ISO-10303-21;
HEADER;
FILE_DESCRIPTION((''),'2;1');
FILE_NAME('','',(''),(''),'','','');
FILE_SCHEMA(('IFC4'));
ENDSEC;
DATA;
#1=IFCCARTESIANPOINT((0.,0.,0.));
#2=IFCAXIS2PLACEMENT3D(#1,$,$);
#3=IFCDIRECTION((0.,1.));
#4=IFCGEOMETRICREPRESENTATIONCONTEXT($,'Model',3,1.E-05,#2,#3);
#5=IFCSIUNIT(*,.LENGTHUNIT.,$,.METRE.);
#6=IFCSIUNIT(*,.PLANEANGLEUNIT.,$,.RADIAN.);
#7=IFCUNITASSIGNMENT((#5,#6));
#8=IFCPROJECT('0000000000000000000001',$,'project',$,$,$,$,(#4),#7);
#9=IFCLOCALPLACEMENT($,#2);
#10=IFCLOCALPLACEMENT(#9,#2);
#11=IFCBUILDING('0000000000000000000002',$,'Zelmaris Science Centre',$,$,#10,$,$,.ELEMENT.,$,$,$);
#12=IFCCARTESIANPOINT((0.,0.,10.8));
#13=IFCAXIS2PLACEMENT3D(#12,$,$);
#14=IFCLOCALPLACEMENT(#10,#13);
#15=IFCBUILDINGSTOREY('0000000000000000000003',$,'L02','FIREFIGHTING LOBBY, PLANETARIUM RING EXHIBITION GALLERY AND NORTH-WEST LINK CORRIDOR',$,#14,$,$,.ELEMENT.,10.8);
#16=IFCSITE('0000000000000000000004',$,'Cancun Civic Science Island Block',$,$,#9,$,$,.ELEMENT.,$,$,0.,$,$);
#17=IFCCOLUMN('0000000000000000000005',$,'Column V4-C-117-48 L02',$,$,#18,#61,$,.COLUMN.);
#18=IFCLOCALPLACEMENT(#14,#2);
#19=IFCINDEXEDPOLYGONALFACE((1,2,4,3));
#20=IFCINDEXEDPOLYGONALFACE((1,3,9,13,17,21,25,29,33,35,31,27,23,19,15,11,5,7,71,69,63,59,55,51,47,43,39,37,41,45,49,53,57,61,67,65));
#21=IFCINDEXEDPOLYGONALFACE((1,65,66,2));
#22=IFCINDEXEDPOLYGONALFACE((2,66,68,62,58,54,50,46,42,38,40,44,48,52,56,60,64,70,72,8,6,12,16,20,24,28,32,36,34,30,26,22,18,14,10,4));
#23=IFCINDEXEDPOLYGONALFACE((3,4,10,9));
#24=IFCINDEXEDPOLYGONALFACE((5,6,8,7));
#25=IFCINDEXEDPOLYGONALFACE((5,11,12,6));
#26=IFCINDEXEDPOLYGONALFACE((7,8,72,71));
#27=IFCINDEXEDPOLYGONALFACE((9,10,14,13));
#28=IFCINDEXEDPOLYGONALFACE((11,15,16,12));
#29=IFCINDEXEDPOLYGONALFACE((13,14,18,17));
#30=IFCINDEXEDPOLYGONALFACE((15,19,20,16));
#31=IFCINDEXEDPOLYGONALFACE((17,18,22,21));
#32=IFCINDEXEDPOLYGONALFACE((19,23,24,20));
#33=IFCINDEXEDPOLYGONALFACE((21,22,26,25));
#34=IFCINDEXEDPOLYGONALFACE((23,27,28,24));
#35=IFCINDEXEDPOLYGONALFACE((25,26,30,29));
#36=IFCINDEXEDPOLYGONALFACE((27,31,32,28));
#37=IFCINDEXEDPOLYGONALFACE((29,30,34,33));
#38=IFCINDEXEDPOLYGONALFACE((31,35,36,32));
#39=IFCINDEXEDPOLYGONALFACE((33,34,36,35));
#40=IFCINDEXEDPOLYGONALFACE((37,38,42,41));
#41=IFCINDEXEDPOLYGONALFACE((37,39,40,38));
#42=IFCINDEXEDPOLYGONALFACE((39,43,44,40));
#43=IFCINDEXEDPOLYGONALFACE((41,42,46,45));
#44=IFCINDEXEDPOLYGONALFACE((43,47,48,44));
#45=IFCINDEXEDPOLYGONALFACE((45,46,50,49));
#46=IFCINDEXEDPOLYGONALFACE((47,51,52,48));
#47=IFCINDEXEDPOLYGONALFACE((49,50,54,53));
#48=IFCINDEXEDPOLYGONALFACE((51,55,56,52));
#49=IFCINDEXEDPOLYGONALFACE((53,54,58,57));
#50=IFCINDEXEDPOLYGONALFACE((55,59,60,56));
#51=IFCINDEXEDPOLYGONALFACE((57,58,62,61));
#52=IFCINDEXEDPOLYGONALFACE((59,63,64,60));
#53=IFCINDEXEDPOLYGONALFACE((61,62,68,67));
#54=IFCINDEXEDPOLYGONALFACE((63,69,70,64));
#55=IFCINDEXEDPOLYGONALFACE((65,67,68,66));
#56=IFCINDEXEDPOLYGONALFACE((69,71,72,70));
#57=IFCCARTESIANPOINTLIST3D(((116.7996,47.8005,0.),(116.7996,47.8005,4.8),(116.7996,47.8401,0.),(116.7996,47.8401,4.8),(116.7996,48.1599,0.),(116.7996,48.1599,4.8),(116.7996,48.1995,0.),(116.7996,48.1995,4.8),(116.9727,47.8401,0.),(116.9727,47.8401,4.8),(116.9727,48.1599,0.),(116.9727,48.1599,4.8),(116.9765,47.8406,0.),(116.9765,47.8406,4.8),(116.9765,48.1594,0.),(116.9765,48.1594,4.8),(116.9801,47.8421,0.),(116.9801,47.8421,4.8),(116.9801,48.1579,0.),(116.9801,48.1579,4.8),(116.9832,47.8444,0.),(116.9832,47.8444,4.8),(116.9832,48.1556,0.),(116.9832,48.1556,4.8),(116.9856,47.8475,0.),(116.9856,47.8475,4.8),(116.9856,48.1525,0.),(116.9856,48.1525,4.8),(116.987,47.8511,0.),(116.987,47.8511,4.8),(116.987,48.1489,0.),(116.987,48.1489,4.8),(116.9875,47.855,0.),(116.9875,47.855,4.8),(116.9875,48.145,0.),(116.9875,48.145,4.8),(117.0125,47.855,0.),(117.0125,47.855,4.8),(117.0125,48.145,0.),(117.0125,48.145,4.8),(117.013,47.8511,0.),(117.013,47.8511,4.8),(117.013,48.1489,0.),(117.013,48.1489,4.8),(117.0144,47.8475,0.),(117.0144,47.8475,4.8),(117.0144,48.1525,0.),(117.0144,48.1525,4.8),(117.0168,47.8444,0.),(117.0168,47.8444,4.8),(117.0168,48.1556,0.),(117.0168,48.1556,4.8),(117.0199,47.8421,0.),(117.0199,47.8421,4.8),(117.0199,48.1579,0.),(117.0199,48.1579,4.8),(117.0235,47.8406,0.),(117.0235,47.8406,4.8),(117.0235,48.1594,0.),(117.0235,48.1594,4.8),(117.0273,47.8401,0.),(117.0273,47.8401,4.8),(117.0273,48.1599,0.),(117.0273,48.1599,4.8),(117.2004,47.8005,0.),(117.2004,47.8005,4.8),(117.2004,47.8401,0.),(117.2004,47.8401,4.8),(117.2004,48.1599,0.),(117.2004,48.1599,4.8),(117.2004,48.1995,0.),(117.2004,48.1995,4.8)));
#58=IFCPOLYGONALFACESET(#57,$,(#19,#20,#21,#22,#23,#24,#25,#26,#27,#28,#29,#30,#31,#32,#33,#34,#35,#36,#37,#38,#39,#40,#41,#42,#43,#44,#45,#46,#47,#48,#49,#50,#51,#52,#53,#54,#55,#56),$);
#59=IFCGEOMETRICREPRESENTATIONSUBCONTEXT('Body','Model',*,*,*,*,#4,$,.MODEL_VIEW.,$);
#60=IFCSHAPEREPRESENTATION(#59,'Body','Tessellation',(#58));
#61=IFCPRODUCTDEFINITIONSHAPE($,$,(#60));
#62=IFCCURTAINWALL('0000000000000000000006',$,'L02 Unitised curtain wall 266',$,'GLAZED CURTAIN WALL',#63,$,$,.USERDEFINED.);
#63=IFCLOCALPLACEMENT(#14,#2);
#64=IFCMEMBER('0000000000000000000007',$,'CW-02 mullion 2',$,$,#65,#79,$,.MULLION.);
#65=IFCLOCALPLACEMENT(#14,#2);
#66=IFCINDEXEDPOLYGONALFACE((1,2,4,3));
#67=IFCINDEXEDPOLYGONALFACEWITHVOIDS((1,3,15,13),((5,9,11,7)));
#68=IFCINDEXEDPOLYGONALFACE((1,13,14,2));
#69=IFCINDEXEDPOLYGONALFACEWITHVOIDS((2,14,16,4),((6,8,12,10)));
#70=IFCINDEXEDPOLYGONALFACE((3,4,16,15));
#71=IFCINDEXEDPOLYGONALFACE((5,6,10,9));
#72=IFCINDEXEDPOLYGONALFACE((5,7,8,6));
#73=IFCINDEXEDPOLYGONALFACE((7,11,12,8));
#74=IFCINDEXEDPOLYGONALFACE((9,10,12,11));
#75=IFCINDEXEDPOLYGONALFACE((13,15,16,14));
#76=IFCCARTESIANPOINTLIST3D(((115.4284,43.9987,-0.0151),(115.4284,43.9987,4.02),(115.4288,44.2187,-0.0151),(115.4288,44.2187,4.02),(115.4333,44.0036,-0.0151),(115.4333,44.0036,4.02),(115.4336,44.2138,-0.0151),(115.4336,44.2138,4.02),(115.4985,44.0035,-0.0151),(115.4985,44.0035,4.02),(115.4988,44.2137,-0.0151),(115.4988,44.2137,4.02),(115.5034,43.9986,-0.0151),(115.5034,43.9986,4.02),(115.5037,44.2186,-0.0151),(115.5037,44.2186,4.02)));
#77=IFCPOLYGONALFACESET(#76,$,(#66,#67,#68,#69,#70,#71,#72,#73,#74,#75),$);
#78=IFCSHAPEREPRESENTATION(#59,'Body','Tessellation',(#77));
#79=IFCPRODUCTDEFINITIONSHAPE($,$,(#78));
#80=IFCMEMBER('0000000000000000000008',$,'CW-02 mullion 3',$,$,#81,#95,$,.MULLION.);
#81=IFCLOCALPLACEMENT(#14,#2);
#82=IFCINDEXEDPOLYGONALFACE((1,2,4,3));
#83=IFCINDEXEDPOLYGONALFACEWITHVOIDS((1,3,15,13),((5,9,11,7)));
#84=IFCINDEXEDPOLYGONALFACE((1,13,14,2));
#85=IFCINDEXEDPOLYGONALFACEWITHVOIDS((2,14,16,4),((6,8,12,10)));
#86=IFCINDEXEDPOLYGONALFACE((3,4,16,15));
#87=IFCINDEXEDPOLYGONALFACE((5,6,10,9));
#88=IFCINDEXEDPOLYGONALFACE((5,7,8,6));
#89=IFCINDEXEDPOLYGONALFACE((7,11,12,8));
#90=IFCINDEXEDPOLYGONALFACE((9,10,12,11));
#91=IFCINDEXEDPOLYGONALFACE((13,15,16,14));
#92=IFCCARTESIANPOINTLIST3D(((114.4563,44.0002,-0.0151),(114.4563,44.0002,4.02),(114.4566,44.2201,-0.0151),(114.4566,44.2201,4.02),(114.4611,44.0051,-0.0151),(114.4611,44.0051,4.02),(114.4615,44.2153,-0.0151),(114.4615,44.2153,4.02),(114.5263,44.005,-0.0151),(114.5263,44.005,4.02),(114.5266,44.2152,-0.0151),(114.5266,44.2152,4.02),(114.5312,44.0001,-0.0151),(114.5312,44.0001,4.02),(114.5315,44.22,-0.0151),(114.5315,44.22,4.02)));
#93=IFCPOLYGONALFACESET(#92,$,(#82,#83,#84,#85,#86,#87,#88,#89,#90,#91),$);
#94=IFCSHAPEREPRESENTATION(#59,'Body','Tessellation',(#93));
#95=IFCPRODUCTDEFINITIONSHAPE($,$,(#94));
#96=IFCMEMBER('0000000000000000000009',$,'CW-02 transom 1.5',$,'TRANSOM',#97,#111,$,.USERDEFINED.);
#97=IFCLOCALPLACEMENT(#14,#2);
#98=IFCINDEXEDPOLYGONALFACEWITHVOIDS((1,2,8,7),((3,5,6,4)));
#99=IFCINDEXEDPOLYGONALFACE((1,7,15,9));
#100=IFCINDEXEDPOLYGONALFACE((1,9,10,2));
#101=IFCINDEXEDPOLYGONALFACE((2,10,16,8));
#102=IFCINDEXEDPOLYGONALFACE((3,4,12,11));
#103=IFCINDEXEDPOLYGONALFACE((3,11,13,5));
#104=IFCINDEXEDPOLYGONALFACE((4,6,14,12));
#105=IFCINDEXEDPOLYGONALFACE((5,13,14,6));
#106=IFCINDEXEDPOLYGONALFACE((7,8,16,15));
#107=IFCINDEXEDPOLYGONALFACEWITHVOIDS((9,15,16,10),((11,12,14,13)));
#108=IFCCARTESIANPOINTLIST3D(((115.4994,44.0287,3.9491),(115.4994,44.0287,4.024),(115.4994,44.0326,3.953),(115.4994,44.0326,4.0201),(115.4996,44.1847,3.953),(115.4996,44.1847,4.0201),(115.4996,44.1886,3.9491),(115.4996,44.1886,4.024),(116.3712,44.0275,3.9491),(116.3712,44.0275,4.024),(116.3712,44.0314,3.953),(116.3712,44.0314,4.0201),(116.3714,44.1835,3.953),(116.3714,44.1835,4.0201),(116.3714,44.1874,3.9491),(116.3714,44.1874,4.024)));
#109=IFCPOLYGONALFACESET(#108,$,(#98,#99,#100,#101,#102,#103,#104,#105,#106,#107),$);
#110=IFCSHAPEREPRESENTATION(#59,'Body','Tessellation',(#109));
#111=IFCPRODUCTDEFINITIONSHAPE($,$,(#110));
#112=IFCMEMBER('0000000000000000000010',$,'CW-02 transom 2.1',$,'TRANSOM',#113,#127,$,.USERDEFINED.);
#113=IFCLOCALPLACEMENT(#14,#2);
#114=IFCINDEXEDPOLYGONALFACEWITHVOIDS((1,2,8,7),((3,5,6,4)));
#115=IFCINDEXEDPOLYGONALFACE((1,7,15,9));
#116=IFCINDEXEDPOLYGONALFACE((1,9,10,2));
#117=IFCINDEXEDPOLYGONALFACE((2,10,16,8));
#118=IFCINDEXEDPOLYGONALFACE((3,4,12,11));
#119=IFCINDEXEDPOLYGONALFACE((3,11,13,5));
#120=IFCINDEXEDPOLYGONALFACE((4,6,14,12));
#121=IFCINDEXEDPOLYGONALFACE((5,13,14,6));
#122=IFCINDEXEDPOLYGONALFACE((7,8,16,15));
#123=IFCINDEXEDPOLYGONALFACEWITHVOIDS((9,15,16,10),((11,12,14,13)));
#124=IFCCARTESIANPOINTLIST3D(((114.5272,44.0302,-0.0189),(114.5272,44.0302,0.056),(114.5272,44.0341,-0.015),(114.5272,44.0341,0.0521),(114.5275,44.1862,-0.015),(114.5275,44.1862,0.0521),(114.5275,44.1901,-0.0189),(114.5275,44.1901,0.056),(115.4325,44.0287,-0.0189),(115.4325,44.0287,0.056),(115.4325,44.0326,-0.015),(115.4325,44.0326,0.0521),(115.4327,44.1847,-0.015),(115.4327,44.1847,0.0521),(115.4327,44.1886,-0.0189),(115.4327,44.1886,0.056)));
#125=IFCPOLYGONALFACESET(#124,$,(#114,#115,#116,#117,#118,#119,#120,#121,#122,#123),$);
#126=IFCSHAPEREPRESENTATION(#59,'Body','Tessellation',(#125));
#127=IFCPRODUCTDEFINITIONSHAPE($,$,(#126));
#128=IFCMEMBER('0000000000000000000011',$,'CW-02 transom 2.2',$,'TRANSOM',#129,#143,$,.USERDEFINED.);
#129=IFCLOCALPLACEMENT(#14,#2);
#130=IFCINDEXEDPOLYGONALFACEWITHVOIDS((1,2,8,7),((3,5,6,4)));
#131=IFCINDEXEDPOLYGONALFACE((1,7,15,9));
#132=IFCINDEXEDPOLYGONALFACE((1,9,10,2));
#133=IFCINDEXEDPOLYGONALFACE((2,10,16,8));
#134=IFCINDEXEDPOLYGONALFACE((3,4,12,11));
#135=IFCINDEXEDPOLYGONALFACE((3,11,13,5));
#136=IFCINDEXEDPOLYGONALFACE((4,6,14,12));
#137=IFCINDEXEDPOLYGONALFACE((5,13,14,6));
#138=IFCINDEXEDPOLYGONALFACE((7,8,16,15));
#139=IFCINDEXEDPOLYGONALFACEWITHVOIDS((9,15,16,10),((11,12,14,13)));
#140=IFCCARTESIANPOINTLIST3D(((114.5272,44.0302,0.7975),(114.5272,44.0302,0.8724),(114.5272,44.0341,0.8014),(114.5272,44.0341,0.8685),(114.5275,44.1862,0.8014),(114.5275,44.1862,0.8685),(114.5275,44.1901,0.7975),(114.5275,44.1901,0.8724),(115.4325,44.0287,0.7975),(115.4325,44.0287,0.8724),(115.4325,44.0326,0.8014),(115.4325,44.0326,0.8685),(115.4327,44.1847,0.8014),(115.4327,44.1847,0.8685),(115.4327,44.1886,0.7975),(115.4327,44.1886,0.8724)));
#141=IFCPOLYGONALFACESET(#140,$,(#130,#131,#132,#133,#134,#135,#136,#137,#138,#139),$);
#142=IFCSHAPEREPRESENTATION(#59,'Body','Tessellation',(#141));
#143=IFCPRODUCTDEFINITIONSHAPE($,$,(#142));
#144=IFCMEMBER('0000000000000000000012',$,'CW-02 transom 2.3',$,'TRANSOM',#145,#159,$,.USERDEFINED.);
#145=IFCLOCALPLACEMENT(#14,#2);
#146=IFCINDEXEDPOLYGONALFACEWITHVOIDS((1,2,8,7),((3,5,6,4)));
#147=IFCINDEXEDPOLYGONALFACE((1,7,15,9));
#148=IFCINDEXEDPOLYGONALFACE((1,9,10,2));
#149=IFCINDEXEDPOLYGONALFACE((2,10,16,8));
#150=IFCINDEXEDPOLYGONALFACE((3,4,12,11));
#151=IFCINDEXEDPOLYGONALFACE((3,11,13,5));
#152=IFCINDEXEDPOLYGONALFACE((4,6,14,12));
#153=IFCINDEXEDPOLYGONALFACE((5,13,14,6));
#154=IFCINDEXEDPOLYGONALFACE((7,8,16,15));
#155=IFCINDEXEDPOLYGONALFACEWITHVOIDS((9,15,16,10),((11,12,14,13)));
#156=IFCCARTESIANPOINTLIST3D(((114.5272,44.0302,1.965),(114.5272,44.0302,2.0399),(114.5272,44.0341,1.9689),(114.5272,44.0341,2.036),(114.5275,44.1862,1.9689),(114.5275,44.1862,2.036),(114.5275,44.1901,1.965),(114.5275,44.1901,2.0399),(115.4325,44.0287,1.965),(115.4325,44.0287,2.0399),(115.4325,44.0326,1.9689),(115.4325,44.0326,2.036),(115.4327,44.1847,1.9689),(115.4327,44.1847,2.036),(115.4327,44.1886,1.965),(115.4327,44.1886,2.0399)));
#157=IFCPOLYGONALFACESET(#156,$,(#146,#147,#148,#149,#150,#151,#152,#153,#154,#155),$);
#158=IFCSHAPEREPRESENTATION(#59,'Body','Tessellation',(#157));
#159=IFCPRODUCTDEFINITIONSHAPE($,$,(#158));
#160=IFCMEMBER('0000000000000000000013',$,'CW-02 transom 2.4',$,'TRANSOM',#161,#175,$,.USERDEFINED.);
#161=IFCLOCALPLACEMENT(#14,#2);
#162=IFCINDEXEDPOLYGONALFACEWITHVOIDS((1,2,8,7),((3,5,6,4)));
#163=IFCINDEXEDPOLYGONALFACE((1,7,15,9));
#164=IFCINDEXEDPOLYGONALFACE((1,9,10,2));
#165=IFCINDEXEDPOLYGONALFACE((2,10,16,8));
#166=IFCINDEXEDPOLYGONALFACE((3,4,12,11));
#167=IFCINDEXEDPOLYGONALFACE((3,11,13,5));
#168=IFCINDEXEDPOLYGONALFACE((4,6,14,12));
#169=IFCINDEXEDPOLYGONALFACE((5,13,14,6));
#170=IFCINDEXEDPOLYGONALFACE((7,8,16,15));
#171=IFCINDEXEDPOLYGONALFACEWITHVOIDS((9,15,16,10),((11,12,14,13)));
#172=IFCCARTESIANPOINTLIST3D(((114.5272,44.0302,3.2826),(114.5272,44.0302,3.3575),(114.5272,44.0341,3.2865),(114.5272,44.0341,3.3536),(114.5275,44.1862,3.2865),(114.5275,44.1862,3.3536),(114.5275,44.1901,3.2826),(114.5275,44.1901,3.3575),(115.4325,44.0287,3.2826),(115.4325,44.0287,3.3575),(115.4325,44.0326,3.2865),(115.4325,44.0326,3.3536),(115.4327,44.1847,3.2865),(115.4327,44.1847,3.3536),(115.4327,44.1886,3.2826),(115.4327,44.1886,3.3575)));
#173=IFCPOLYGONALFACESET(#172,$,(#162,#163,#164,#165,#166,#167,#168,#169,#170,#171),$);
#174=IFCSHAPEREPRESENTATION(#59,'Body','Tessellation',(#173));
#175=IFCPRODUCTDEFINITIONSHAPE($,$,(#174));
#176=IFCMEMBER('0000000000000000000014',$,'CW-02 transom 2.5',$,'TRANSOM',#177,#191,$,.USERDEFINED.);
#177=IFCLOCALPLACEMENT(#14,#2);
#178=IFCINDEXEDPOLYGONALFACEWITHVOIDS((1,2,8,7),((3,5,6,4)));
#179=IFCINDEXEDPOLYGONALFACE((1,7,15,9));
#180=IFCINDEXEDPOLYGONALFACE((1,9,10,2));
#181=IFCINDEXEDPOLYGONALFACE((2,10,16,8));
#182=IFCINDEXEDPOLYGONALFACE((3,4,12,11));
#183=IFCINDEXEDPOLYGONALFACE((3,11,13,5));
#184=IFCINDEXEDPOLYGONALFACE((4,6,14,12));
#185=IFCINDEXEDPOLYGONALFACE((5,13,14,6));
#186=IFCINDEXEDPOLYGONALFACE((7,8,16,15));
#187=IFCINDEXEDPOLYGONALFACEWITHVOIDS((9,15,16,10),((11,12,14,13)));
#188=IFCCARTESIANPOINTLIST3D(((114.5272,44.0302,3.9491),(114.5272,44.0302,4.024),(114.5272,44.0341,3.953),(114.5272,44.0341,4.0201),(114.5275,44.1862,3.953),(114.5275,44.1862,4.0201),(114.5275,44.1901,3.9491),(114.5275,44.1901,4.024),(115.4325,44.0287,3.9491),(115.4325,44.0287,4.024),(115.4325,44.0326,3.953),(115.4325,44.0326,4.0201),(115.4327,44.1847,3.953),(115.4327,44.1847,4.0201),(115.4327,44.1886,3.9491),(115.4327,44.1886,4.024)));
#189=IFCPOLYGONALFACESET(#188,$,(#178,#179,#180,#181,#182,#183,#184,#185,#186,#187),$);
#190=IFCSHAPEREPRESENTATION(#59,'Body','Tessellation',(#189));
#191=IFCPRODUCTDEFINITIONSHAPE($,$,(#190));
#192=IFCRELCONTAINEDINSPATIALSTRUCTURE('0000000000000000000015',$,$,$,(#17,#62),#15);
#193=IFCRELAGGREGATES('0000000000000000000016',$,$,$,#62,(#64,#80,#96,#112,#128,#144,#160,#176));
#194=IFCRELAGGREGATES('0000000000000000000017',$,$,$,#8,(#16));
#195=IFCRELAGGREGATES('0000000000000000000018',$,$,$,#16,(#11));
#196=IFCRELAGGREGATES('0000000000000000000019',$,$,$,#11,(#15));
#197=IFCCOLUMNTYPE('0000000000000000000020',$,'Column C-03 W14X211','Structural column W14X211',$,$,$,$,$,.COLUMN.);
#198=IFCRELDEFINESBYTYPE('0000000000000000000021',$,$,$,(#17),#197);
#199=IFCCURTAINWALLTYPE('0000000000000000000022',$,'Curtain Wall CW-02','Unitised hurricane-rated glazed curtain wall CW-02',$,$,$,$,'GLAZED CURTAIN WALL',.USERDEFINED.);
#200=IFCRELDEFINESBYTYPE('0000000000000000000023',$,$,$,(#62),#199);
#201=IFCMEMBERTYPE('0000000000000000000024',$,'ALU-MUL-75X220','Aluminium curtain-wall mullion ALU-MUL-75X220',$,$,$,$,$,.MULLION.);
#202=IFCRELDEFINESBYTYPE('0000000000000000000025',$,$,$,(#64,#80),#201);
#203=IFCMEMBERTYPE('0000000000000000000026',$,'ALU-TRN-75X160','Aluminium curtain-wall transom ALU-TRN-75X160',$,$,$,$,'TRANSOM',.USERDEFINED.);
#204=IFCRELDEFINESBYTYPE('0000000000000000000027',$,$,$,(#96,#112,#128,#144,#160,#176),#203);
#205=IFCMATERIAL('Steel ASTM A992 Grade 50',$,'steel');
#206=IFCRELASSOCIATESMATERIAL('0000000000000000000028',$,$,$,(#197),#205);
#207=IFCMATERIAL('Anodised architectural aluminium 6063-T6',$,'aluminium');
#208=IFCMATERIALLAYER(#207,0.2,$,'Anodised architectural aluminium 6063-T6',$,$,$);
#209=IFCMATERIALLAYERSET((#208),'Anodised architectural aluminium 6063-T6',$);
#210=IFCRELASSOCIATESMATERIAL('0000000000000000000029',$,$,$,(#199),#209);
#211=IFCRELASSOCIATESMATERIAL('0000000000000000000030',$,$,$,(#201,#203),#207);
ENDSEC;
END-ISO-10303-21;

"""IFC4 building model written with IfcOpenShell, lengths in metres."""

from ifc_helpers import new_model, si_unit, direction, frame, origin, origin_2d, place, context, subcontext, project, spatial, hollow_rectangle, i_section, extrude, material, layer, layer_set, material_profile, profile_set, type_object, element, aggregate, save


model = new_model("IFC4")

# Units and contexts
model_context = context("Model", 3, precision=1e-05, world=origin(), true_north=direction((0.0, 1.0)))
body_context = subcontext(model_context, "Body", "Model", "MODEL_VIEW")
ifc_project = project(units=[si_unit("LENGTHUNIT", "METRE"), si_unit("PLANEANGLEUNIT", "RADIAN")], contexts=[model_context])

# Site, building, storey
site_placement = place(None, origin())
site = spatial("IfcSite", under=ifc_project, at=site_placement, Name="Cancun Civic Science Island Block", CompositionType="ELEMENT", RefElevation=0.0)
building_placement = place(site_placement, origin())
building = spatial("IfcBuilding", under=site, at=building_placement, Name="Zelmaris Science Centre", CompositionType="ELEMENT")
storey_placement = place(building_placement, frame((0.0, 0.0, 10.8)))
storey = spatial("IfcBuildingStorey", under=building, at=storey_placement, Name="L02", Description="FIREFIGHTING LOBBY, PLANETARIUM RING EXHIBITION GALLERY AND NORTH-WEST LINK CORRIDOR", CompositionType="ELEMENT", Elevation=10.8)

# Column
ifc_material_1 = material(Name="Steel ASTM A992 Grade 50", Category="steel")
ifc_material_profile_1 = material_profile(ifc_material_1, i_section(OverallWidth=0.4009, OverallDepth=0.3989, WebThickness=0.0249, FlangeThickness=0.0396, FilletRadius=0.0149, at=origin_2d()), Name="W14X211")
ifc_profile_set_1 = profile_set([ifc_material_profile_1], Name="Steel ASTM A992 Grade 50")
column_type = type_object("IfcColumnType", Name="Column C-03 W14X211", Description="Structural column W14X211", PredefinedType="COLUMN", material=ifc_profile_set_1)
column_placement = place(storey_placement, frame((117.0, 48.0, 0.0), z_axis=(0.0, 0.0, 1.0), x_axis=(1.0, 0.0, 0.0)))
element("IfcColumn", 1, at=column_placement, inside=storey, type_object=column_type, Name="Column V4-C-117-48 L02", PredefinedType="COLUMN", context=body_context, shape_type="SweptSolid", body=[
    extrude(i_section(OverallWidth=0.4009, OverallDepth=0.3989, WebThickness=0.0249, FlangeThickness=0.0396, FilletRadius=0.0149, at=origin_2d()), origin(), (0.0, 0.0, 1.0), 4.8),
])

# Curtain wall, members
ifc_material_2 = material(Name="Anodised architectural aluminium 6063-T6", Category="aluminium")
ifc_layer_1 = layer(ifc_material_2, 0.2, Name="Anodised architectural aluminium 6063-T6")
ifc_layer_set_1 = layer_set([ifc_layer_1], Name="Anodised architectural aluminium 6063-T6")
curtain_wall_type = type_object("IfcCurtainWallType", Name="Curtain Wall CW-02", Description="Unitised hurricane-rated glazed curtain wall CW-02", ElementType="GLAZED CURTAIN WALL", PredefinedType="USERDEFINED", material=ifc_layer_set_1)
curtain_wall_placement = place(storey_placement, origin())
curtain_wall = element("IfcCurtainWall", 2, at=curtain_wall_placement, inside=storey, type_object=curtain_wall_type, Name="L02 Unitised curtain wall 266", ObjectType="GLAZED CURTAIN WALL", PredefinedType="USERDEFINED")
ifc_material_profile_2 = material_profile(ifc_material_2, hollow_rectangle(XDim=0.075, YDim=0.22, WallThickness=0.0049, at=origin_2d()), Name="ALU-MUL-75X220")
ifc_profile_set_2 = profile_set([ifc_material_profile_2], Name="Anodised architectural aluminium 6063-T6")
member_type_1 = type_object("IfcMemberType", Name="ALU-MUL-75X220", Description="Aluminium curtain-wall mullion ALU-MUL-75X220", PredefinedType="MULLION", material=ifc_profile_set_2)
member_1_placement = place(storey_placement, frame((115.4661, 44.1086, -0.0151), z_axis=(0.0, 0.0, 1.0), x_axis=(-0.999999, 0.001525, 0.0)))
member_1 = element("IfcMember", 3, at=member_1_placement, type_object=member_type_1, Name="CW-02 mullion 2", PredefinedType="MULLION", context=body_context, shape_type="SweptSolid", body=[
    extrude(hollow_rectangle(XDim=0.075, YDim=0.22, WallThickness=0.0049, at=origin_2d()), origin(), (0.0, 0.0, 1.0), 4.0352),
])
member_2_placement = place(storey_placement, frame((114.4939, 44.1101, -0.0151), z_axis=(0.0, 0.0, 1.0), x_axis=(-0.999999, 0.001525, 0.0)))
member_2 = element("IfcMember", 4, at=member_2_placement, type_object=member_type_1, Name="CW-02 mullion 3", PredefinedType="MULLION", context=body_context, shape_type="SweptSolid", body=[
    extrude(hollow_rectangle(XDim=0.075, YDim=0.22, WallThickness=0.0049, at=origin_2d()), origin(), (0.0, 0.0, 1.0), 4.0352),
])
ifc_material_profile_3 = material_profile(ifc_material_2, hollow_rectangle(XDim=0.075, YDim=0.1599, WallThickness=0.0039, at=origin_2d()), Name="ALU-TRN-75X160")
ifc_profile_set_3 = profile_set([ifc_material_profile_3], Name="Anodised architectural aluminium 6063-T6")
member_type_2 = type_object("IfcMemberType", Name="ALU-TRN-75X160", Description="Aluminium curtain-wall transom ALU-TRN-75X160", ElementType="TRANSOM", PredefinedType="USERDEFINED", material=ifc_profile_set_3)
member_3_placement = place(storey_placement, frame((116.3713, 44.1074, 3.9866), z_axis=(-0.999999, 0.0014, 0.0), x_axis=(0.0, 0.0, 1.0)))
member_3 = element("IfcMember", 5, at=member_3_placement, type_object=member_type_2, Name="CW-02 transom 1.5", ObjectType="TRANSOM", PredefinedType="USERDEFINED", context=body_context, shape_type="SweptSolid", body=[
    extrude(hollow_rectangle(XDim=0.075, YDim=0.1599, WallThickness=0.0039, at=origin_2d()), origin(), (0.0, 0.0, 1.0), 0.8718),
])
member_4_placement = place(storey_placement, frame((115.4326, 44.1086, 0.0186), z_axis=(-0.999999, 0.001618, 0.0), x_axis=(0.0, 0.0, 1.0)))
member_4 = element("IfcMember", 6, at=member_4_placement, type_object=member_type_2, Name="CW-02 transom 2.1", ObjectType="TRANSOM", PredefinedType="USERDEFINED", context=body_context, shape_type="SweptSolid", body=[
    extrude(hollow_rectangle(XDim=0.075, YDim=0.1599, WallThickness=0.0039, at=origin_2d()), origin(), (0.0, 0.0, 1.0), 0.9053),
])
member_5_placement = place(storey_placement, frame((115.4326, 44.1086, 0.835), z_axis=(-0.999999, 0.001618, 0.0), x_axis=(0.0, 0.0, 1.0)))
member_5 = element("IfcMember", 7, at=member_5_placement, type_object=member_type_2, Name="CW-02 transom 2.2", ObjectType="TRANSOM", PredefinedType="USERDEFINED", context=body_context, shape_type="SweptSolid", body=[
    extrude(hollow_rectangle(XDim=0.075, YDim=0.1599, WallThickness=0.0039, at=origin_2d()), origin(), (0.0, 0.0, 1.0), 0.9053),
])
member_6_placement = place(storey_placement, frame((115.4326, 44.1086, 2.0024), z_axis=(-0.999999, 0.001618, 0.0), x_axis=(0.0, 0.0, 1.0)))
member_6 = element("IfcMember", 8, at=member_6_placement, type_object=member_type_2, Name="CW-02 transom 2.3", ObjectType="TRANSOM", PredefinedType="USERDEFINED", context=body_context, shape_type="SweptSolid", body=[
    extrude(hollow_rectangle(XDim=0.075, YDim=0.1599, WallThickness=0.0039, at=origin_2d()), origin(), (0.0, 0.0, 1.0), 0.9053),
])
member_7_placement = place(storey_placement, frame((115.4326, 44.1086, 3.3201), z_axis=(-0.999999, 0.001618, 0.0), x_axis=(0.0, 0.0, 1.0)))
member_7 = element("IfcMember", 9, at=member_7_placement, type_object=member_type_2, Name="CW-02 transom 2.4", ObjectType="TRANSOM", PredefinedType="USERDEFINED", context=body_context, shape_type="SweptSolid", body=[
    extrude(hollow_rectangle(XDim=0.075, YDim=0.1599, WallThickness=0.0039, at=origin_2d()), origin(), (0.0, 0.0, 1.0), 0.9053),
])
member_8_placement = place(storey_placement, frame((115.4326, 44.1086, 3.9866), z_axis=(-0.999999, 0.001618, 0.0), x_axis=(0.0, 0.0, 1.0)))
member_8 = element("IfcMember", 10, at=member_8_placement, type_object=member_type_2, Name="CW-02 transom 2.5", ObjectType="TRANSOM", PredefinedType="USERDEFINED", context=body_context, shape_type="SweptSolid", body=[
    extrude(hollow_rectangle(XDim=0.075, YDim=0.1599, WallThickness=0.0039, at=origin_2d()), origin(), (0.0, 0.0, 1.0), 0.9053),
])

aggregate(curtain_wall, [member_1, member_2, member_3, member_4, member_5, member_6, member_7, member_8])

save(model, "model.ifc")
